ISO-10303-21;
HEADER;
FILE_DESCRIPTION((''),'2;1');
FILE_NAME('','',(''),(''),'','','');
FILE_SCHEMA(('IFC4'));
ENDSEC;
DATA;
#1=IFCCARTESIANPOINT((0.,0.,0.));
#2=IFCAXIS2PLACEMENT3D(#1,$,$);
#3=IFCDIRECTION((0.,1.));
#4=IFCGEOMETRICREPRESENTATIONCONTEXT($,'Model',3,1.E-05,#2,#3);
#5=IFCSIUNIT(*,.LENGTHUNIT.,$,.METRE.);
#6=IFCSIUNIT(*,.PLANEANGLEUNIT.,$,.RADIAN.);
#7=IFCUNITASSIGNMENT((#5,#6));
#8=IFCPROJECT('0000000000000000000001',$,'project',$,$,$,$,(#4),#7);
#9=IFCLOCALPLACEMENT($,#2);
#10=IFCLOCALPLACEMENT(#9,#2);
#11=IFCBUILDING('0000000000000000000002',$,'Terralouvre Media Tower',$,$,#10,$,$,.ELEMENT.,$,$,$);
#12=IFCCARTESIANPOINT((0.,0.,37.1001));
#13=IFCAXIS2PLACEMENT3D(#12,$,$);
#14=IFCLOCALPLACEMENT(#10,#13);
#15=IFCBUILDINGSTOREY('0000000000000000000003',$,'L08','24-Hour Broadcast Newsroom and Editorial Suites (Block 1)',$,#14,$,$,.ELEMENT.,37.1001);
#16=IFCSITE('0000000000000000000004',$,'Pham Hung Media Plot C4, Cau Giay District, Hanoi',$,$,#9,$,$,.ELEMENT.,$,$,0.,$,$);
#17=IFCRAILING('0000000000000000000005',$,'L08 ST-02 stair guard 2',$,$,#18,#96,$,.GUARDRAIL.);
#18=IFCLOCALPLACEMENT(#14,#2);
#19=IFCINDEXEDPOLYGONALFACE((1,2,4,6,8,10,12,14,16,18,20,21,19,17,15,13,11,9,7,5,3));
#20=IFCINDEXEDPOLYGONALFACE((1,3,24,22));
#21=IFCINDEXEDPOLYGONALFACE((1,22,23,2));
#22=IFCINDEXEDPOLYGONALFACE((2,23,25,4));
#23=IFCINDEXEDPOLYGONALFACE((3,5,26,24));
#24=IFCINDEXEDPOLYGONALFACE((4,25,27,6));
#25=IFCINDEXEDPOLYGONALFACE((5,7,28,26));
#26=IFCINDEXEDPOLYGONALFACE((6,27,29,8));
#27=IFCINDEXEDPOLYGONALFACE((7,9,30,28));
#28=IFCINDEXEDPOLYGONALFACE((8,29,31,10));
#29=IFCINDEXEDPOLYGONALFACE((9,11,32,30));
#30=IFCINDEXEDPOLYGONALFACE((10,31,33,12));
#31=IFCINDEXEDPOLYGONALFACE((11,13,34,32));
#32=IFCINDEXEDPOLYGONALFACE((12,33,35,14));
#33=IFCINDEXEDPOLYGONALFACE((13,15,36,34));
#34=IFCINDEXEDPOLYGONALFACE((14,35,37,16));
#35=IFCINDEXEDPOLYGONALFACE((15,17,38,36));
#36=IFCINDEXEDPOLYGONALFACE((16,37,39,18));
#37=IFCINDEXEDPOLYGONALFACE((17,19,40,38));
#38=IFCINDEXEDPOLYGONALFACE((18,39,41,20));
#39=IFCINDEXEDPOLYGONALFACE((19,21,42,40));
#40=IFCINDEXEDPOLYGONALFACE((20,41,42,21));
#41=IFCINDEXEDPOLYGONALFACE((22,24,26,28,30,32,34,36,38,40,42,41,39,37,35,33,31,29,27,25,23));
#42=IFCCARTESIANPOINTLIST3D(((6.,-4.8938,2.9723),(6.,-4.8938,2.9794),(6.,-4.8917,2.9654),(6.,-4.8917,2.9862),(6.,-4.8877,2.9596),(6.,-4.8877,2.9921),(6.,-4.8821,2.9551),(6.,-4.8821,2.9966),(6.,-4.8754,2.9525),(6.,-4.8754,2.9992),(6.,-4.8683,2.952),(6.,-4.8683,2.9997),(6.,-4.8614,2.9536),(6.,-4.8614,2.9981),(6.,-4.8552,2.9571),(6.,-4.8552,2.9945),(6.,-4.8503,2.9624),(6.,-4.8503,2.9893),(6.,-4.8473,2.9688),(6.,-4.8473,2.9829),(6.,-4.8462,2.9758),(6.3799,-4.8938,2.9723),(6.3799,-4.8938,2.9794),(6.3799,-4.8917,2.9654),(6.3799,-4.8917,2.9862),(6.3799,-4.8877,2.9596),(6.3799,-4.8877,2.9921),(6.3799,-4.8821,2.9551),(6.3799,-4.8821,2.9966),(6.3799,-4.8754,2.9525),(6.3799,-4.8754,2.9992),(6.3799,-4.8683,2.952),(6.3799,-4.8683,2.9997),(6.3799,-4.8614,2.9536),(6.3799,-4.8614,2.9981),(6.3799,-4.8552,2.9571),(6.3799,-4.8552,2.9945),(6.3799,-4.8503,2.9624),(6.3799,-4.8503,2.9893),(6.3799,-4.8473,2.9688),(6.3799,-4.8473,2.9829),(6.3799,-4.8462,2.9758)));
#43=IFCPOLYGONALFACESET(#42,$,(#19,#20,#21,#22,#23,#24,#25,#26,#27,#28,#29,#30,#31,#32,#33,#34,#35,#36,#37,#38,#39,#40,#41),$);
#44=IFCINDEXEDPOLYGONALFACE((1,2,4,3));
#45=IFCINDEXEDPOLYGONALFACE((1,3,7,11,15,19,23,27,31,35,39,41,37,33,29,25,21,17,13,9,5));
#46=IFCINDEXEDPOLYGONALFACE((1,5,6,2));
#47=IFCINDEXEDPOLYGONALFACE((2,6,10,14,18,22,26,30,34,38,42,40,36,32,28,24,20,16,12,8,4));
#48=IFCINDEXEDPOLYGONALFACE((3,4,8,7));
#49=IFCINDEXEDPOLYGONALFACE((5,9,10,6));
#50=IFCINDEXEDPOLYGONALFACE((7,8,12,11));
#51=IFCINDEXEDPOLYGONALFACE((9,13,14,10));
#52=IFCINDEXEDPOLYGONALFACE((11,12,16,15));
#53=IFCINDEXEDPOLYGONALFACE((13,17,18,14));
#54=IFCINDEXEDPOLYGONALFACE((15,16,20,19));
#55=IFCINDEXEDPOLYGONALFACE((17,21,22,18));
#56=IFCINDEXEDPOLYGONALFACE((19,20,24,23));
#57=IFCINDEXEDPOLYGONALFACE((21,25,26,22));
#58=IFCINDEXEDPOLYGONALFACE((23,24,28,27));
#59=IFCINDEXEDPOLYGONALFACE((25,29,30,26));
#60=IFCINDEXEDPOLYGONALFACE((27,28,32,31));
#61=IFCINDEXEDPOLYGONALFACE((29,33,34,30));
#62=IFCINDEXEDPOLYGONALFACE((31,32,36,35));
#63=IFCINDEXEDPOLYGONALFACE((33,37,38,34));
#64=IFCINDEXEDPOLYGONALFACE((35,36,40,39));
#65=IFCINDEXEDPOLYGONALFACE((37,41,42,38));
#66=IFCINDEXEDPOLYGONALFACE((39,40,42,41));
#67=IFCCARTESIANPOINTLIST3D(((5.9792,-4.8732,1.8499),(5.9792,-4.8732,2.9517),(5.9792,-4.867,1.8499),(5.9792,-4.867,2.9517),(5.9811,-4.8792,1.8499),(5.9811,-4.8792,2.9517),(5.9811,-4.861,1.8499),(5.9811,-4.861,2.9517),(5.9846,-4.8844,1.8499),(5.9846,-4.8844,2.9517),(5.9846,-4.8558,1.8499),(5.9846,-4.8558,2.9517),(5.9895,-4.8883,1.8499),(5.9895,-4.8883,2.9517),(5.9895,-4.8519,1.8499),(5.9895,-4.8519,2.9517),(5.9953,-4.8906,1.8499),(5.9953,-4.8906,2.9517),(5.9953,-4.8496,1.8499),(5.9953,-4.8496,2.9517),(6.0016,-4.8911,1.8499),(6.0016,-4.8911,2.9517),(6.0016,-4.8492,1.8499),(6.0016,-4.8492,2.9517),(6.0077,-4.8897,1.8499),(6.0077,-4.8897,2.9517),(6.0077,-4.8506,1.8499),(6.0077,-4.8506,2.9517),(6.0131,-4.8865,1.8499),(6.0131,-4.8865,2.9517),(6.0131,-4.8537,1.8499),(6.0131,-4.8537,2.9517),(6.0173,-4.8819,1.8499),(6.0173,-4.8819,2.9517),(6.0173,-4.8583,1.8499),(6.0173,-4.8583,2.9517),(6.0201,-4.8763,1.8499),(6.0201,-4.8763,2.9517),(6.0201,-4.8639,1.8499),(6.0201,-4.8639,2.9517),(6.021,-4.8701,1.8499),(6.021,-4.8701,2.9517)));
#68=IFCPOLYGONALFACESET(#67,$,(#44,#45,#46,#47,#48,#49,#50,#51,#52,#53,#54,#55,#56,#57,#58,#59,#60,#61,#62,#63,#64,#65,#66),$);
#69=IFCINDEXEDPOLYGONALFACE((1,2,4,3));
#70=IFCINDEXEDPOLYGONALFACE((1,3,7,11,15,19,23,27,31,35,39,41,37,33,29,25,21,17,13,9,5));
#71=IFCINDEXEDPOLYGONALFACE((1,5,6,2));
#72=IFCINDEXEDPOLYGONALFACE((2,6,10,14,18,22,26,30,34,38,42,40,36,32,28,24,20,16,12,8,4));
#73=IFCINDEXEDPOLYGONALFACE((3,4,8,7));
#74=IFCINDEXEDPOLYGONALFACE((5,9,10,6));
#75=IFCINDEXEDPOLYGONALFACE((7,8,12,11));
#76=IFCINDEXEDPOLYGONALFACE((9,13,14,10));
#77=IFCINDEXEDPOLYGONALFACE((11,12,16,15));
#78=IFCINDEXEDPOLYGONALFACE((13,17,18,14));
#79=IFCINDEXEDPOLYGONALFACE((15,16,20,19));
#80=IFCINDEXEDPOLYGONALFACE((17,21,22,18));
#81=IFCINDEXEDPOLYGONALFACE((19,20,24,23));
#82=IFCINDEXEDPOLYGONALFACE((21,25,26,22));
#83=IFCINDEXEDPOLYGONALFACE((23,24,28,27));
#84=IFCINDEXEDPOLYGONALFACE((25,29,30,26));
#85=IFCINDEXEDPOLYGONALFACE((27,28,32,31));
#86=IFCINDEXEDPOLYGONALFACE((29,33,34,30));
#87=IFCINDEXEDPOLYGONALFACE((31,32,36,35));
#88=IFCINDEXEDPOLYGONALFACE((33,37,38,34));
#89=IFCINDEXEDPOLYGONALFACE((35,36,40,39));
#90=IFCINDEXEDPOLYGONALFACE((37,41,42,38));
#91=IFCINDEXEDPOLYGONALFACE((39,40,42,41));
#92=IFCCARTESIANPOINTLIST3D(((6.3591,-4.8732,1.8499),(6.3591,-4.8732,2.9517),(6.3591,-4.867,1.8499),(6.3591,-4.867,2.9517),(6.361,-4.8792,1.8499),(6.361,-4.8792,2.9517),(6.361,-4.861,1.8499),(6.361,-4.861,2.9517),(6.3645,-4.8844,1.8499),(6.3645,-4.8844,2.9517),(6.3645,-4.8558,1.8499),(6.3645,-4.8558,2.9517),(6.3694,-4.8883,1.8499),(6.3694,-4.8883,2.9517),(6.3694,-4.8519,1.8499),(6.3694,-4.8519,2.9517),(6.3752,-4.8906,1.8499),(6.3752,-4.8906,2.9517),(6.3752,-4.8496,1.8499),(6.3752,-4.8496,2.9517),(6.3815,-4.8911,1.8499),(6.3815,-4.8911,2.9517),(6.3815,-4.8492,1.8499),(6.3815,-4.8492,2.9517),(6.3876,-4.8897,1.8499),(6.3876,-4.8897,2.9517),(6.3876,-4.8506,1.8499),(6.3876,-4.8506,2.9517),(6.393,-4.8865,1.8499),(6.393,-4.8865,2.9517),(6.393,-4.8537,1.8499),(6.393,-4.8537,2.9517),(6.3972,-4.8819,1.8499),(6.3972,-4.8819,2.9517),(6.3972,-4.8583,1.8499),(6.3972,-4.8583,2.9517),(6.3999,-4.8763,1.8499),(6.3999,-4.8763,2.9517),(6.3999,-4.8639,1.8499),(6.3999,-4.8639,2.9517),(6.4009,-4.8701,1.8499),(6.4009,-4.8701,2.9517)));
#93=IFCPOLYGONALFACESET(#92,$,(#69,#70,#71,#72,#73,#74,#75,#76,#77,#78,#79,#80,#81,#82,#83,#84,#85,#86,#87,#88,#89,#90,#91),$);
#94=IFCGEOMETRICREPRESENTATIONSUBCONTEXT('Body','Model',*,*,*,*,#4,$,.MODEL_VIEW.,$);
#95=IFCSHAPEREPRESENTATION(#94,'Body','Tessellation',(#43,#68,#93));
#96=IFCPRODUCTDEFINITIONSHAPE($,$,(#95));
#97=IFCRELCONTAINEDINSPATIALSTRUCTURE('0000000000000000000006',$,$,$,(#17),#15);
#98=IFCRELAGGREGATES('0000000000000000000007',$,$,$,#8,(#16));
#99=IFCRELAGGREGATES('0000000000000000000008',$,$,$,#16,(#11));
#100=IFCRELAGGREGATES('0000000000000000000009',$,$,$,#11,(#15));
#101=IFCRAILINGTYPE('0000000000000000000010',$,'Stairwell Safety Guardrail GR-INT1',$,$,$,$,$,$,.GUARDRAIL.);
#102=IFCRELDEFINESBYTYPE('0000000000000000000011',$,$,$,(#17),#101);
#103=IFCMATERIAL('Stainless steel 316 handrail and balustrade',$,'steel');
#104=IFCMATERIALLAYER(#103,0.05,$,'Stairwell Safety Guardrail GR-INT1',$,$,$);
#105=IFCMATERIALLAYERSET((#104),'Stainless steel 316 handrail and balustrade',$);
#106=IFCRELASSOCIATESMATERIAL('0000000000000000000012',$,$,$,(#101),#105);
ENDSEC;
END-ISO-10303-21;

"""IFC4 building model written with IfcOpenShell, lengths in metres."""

from ifc_helpers import new_model, si_unit, direction, frame, origin, origin_2d, place, context, subcontext, project, spatial, circle, extrude, material, layer, layer_set, type_object, element, save


model = new_model("IFC4")

# Units and contexts
model_context = context("Model", 3, precision=1e-05, world=origin(), true_north=direction((0.0, 1.0)))
body_context = subcontext(model_context, "Body", "Model", "MODEL_VIEW")
ifc_project = project(units=[si_unit("LENGTHUNIT", "METRE"), si_unit("PLANEANGLEUNIT", "RADIAN")], contexts=[model_context])

# Site, building, storey
site_placement = place(None, origin())
site = spatial("IfcSite", under=ifc_project, at=site_placement, Name="Pham Hung Media Plot C4, Cau Giay District, Hanoi", CompositionType="ELEMENT", RefElevation=0.0)
building_placement = place(site_placement, origin())
building = spatial("IfcBuilding", under=site, at=building_placement, Name="Terralouvre Media Tower", CompositionType="ELEMENT")
storey_placement = place(building_placement, frame((0.0, 0.0, 37.1001)))
storey = spatial("IfcBuildingStorey", under=building, at=storey_placement, Name="L08", Description="24-Hour Broadcast Newsroom and Editorial Suites (Block 1)", CompositionType="ELEMENT", Elevation=37.1001)

# Railing
ifc_material_1 = material(Name="Stainless steel 316 handrail and balustrade", Category="steel")
ifc_layer_1 = layer(ifc_material_1, 0.05, Name="Stairwell Safety Guardrail GR-INT1")
ifc_layer_set_1 = layer_set([ifc_layer_1], Name="Stainless steel 316 handrail and balustrade")
railing_type_1 = type_object("IfcRailingType", Name="Stairwell Safety Guardrail GR-INT1", PredefinedType="GUARDRAIL", material=ifc_layer_set_1)
railing_1_placement = place(storey_placement, frame((6.0, -4.8701, 1.8499)))
element("IfcRailing", 1, at=railing_1_placement, inside=storey, type_object=railing_type_1, Name="L08 ST-02 stair guard 2", PredefinedType="GUARDRAIL", context=body_context, shape_type="SweptSolid", body=[
    extrude(circle(Radius=0.0239, at=origin_2d()), frame((0.0, 0.0, 1.126), z_axis=(1.0, 0.0, 0.0), x_axis=(0.0, 1.0, 0.0)), (0.0, 0.0, 1.0), 0.3799),
    extrude(circle(Radius=0.021, at=origin_2d()), origin(), (0.0, 0.0, 1.0), 1.1018),
    extrude(circle(Radius=0.021, at=origin_2d()), frame((0.3799, 0.0, 0.0)), (0.0, 0.0, 1.0), 1.1018),
])

save(model, "model.ifc")
